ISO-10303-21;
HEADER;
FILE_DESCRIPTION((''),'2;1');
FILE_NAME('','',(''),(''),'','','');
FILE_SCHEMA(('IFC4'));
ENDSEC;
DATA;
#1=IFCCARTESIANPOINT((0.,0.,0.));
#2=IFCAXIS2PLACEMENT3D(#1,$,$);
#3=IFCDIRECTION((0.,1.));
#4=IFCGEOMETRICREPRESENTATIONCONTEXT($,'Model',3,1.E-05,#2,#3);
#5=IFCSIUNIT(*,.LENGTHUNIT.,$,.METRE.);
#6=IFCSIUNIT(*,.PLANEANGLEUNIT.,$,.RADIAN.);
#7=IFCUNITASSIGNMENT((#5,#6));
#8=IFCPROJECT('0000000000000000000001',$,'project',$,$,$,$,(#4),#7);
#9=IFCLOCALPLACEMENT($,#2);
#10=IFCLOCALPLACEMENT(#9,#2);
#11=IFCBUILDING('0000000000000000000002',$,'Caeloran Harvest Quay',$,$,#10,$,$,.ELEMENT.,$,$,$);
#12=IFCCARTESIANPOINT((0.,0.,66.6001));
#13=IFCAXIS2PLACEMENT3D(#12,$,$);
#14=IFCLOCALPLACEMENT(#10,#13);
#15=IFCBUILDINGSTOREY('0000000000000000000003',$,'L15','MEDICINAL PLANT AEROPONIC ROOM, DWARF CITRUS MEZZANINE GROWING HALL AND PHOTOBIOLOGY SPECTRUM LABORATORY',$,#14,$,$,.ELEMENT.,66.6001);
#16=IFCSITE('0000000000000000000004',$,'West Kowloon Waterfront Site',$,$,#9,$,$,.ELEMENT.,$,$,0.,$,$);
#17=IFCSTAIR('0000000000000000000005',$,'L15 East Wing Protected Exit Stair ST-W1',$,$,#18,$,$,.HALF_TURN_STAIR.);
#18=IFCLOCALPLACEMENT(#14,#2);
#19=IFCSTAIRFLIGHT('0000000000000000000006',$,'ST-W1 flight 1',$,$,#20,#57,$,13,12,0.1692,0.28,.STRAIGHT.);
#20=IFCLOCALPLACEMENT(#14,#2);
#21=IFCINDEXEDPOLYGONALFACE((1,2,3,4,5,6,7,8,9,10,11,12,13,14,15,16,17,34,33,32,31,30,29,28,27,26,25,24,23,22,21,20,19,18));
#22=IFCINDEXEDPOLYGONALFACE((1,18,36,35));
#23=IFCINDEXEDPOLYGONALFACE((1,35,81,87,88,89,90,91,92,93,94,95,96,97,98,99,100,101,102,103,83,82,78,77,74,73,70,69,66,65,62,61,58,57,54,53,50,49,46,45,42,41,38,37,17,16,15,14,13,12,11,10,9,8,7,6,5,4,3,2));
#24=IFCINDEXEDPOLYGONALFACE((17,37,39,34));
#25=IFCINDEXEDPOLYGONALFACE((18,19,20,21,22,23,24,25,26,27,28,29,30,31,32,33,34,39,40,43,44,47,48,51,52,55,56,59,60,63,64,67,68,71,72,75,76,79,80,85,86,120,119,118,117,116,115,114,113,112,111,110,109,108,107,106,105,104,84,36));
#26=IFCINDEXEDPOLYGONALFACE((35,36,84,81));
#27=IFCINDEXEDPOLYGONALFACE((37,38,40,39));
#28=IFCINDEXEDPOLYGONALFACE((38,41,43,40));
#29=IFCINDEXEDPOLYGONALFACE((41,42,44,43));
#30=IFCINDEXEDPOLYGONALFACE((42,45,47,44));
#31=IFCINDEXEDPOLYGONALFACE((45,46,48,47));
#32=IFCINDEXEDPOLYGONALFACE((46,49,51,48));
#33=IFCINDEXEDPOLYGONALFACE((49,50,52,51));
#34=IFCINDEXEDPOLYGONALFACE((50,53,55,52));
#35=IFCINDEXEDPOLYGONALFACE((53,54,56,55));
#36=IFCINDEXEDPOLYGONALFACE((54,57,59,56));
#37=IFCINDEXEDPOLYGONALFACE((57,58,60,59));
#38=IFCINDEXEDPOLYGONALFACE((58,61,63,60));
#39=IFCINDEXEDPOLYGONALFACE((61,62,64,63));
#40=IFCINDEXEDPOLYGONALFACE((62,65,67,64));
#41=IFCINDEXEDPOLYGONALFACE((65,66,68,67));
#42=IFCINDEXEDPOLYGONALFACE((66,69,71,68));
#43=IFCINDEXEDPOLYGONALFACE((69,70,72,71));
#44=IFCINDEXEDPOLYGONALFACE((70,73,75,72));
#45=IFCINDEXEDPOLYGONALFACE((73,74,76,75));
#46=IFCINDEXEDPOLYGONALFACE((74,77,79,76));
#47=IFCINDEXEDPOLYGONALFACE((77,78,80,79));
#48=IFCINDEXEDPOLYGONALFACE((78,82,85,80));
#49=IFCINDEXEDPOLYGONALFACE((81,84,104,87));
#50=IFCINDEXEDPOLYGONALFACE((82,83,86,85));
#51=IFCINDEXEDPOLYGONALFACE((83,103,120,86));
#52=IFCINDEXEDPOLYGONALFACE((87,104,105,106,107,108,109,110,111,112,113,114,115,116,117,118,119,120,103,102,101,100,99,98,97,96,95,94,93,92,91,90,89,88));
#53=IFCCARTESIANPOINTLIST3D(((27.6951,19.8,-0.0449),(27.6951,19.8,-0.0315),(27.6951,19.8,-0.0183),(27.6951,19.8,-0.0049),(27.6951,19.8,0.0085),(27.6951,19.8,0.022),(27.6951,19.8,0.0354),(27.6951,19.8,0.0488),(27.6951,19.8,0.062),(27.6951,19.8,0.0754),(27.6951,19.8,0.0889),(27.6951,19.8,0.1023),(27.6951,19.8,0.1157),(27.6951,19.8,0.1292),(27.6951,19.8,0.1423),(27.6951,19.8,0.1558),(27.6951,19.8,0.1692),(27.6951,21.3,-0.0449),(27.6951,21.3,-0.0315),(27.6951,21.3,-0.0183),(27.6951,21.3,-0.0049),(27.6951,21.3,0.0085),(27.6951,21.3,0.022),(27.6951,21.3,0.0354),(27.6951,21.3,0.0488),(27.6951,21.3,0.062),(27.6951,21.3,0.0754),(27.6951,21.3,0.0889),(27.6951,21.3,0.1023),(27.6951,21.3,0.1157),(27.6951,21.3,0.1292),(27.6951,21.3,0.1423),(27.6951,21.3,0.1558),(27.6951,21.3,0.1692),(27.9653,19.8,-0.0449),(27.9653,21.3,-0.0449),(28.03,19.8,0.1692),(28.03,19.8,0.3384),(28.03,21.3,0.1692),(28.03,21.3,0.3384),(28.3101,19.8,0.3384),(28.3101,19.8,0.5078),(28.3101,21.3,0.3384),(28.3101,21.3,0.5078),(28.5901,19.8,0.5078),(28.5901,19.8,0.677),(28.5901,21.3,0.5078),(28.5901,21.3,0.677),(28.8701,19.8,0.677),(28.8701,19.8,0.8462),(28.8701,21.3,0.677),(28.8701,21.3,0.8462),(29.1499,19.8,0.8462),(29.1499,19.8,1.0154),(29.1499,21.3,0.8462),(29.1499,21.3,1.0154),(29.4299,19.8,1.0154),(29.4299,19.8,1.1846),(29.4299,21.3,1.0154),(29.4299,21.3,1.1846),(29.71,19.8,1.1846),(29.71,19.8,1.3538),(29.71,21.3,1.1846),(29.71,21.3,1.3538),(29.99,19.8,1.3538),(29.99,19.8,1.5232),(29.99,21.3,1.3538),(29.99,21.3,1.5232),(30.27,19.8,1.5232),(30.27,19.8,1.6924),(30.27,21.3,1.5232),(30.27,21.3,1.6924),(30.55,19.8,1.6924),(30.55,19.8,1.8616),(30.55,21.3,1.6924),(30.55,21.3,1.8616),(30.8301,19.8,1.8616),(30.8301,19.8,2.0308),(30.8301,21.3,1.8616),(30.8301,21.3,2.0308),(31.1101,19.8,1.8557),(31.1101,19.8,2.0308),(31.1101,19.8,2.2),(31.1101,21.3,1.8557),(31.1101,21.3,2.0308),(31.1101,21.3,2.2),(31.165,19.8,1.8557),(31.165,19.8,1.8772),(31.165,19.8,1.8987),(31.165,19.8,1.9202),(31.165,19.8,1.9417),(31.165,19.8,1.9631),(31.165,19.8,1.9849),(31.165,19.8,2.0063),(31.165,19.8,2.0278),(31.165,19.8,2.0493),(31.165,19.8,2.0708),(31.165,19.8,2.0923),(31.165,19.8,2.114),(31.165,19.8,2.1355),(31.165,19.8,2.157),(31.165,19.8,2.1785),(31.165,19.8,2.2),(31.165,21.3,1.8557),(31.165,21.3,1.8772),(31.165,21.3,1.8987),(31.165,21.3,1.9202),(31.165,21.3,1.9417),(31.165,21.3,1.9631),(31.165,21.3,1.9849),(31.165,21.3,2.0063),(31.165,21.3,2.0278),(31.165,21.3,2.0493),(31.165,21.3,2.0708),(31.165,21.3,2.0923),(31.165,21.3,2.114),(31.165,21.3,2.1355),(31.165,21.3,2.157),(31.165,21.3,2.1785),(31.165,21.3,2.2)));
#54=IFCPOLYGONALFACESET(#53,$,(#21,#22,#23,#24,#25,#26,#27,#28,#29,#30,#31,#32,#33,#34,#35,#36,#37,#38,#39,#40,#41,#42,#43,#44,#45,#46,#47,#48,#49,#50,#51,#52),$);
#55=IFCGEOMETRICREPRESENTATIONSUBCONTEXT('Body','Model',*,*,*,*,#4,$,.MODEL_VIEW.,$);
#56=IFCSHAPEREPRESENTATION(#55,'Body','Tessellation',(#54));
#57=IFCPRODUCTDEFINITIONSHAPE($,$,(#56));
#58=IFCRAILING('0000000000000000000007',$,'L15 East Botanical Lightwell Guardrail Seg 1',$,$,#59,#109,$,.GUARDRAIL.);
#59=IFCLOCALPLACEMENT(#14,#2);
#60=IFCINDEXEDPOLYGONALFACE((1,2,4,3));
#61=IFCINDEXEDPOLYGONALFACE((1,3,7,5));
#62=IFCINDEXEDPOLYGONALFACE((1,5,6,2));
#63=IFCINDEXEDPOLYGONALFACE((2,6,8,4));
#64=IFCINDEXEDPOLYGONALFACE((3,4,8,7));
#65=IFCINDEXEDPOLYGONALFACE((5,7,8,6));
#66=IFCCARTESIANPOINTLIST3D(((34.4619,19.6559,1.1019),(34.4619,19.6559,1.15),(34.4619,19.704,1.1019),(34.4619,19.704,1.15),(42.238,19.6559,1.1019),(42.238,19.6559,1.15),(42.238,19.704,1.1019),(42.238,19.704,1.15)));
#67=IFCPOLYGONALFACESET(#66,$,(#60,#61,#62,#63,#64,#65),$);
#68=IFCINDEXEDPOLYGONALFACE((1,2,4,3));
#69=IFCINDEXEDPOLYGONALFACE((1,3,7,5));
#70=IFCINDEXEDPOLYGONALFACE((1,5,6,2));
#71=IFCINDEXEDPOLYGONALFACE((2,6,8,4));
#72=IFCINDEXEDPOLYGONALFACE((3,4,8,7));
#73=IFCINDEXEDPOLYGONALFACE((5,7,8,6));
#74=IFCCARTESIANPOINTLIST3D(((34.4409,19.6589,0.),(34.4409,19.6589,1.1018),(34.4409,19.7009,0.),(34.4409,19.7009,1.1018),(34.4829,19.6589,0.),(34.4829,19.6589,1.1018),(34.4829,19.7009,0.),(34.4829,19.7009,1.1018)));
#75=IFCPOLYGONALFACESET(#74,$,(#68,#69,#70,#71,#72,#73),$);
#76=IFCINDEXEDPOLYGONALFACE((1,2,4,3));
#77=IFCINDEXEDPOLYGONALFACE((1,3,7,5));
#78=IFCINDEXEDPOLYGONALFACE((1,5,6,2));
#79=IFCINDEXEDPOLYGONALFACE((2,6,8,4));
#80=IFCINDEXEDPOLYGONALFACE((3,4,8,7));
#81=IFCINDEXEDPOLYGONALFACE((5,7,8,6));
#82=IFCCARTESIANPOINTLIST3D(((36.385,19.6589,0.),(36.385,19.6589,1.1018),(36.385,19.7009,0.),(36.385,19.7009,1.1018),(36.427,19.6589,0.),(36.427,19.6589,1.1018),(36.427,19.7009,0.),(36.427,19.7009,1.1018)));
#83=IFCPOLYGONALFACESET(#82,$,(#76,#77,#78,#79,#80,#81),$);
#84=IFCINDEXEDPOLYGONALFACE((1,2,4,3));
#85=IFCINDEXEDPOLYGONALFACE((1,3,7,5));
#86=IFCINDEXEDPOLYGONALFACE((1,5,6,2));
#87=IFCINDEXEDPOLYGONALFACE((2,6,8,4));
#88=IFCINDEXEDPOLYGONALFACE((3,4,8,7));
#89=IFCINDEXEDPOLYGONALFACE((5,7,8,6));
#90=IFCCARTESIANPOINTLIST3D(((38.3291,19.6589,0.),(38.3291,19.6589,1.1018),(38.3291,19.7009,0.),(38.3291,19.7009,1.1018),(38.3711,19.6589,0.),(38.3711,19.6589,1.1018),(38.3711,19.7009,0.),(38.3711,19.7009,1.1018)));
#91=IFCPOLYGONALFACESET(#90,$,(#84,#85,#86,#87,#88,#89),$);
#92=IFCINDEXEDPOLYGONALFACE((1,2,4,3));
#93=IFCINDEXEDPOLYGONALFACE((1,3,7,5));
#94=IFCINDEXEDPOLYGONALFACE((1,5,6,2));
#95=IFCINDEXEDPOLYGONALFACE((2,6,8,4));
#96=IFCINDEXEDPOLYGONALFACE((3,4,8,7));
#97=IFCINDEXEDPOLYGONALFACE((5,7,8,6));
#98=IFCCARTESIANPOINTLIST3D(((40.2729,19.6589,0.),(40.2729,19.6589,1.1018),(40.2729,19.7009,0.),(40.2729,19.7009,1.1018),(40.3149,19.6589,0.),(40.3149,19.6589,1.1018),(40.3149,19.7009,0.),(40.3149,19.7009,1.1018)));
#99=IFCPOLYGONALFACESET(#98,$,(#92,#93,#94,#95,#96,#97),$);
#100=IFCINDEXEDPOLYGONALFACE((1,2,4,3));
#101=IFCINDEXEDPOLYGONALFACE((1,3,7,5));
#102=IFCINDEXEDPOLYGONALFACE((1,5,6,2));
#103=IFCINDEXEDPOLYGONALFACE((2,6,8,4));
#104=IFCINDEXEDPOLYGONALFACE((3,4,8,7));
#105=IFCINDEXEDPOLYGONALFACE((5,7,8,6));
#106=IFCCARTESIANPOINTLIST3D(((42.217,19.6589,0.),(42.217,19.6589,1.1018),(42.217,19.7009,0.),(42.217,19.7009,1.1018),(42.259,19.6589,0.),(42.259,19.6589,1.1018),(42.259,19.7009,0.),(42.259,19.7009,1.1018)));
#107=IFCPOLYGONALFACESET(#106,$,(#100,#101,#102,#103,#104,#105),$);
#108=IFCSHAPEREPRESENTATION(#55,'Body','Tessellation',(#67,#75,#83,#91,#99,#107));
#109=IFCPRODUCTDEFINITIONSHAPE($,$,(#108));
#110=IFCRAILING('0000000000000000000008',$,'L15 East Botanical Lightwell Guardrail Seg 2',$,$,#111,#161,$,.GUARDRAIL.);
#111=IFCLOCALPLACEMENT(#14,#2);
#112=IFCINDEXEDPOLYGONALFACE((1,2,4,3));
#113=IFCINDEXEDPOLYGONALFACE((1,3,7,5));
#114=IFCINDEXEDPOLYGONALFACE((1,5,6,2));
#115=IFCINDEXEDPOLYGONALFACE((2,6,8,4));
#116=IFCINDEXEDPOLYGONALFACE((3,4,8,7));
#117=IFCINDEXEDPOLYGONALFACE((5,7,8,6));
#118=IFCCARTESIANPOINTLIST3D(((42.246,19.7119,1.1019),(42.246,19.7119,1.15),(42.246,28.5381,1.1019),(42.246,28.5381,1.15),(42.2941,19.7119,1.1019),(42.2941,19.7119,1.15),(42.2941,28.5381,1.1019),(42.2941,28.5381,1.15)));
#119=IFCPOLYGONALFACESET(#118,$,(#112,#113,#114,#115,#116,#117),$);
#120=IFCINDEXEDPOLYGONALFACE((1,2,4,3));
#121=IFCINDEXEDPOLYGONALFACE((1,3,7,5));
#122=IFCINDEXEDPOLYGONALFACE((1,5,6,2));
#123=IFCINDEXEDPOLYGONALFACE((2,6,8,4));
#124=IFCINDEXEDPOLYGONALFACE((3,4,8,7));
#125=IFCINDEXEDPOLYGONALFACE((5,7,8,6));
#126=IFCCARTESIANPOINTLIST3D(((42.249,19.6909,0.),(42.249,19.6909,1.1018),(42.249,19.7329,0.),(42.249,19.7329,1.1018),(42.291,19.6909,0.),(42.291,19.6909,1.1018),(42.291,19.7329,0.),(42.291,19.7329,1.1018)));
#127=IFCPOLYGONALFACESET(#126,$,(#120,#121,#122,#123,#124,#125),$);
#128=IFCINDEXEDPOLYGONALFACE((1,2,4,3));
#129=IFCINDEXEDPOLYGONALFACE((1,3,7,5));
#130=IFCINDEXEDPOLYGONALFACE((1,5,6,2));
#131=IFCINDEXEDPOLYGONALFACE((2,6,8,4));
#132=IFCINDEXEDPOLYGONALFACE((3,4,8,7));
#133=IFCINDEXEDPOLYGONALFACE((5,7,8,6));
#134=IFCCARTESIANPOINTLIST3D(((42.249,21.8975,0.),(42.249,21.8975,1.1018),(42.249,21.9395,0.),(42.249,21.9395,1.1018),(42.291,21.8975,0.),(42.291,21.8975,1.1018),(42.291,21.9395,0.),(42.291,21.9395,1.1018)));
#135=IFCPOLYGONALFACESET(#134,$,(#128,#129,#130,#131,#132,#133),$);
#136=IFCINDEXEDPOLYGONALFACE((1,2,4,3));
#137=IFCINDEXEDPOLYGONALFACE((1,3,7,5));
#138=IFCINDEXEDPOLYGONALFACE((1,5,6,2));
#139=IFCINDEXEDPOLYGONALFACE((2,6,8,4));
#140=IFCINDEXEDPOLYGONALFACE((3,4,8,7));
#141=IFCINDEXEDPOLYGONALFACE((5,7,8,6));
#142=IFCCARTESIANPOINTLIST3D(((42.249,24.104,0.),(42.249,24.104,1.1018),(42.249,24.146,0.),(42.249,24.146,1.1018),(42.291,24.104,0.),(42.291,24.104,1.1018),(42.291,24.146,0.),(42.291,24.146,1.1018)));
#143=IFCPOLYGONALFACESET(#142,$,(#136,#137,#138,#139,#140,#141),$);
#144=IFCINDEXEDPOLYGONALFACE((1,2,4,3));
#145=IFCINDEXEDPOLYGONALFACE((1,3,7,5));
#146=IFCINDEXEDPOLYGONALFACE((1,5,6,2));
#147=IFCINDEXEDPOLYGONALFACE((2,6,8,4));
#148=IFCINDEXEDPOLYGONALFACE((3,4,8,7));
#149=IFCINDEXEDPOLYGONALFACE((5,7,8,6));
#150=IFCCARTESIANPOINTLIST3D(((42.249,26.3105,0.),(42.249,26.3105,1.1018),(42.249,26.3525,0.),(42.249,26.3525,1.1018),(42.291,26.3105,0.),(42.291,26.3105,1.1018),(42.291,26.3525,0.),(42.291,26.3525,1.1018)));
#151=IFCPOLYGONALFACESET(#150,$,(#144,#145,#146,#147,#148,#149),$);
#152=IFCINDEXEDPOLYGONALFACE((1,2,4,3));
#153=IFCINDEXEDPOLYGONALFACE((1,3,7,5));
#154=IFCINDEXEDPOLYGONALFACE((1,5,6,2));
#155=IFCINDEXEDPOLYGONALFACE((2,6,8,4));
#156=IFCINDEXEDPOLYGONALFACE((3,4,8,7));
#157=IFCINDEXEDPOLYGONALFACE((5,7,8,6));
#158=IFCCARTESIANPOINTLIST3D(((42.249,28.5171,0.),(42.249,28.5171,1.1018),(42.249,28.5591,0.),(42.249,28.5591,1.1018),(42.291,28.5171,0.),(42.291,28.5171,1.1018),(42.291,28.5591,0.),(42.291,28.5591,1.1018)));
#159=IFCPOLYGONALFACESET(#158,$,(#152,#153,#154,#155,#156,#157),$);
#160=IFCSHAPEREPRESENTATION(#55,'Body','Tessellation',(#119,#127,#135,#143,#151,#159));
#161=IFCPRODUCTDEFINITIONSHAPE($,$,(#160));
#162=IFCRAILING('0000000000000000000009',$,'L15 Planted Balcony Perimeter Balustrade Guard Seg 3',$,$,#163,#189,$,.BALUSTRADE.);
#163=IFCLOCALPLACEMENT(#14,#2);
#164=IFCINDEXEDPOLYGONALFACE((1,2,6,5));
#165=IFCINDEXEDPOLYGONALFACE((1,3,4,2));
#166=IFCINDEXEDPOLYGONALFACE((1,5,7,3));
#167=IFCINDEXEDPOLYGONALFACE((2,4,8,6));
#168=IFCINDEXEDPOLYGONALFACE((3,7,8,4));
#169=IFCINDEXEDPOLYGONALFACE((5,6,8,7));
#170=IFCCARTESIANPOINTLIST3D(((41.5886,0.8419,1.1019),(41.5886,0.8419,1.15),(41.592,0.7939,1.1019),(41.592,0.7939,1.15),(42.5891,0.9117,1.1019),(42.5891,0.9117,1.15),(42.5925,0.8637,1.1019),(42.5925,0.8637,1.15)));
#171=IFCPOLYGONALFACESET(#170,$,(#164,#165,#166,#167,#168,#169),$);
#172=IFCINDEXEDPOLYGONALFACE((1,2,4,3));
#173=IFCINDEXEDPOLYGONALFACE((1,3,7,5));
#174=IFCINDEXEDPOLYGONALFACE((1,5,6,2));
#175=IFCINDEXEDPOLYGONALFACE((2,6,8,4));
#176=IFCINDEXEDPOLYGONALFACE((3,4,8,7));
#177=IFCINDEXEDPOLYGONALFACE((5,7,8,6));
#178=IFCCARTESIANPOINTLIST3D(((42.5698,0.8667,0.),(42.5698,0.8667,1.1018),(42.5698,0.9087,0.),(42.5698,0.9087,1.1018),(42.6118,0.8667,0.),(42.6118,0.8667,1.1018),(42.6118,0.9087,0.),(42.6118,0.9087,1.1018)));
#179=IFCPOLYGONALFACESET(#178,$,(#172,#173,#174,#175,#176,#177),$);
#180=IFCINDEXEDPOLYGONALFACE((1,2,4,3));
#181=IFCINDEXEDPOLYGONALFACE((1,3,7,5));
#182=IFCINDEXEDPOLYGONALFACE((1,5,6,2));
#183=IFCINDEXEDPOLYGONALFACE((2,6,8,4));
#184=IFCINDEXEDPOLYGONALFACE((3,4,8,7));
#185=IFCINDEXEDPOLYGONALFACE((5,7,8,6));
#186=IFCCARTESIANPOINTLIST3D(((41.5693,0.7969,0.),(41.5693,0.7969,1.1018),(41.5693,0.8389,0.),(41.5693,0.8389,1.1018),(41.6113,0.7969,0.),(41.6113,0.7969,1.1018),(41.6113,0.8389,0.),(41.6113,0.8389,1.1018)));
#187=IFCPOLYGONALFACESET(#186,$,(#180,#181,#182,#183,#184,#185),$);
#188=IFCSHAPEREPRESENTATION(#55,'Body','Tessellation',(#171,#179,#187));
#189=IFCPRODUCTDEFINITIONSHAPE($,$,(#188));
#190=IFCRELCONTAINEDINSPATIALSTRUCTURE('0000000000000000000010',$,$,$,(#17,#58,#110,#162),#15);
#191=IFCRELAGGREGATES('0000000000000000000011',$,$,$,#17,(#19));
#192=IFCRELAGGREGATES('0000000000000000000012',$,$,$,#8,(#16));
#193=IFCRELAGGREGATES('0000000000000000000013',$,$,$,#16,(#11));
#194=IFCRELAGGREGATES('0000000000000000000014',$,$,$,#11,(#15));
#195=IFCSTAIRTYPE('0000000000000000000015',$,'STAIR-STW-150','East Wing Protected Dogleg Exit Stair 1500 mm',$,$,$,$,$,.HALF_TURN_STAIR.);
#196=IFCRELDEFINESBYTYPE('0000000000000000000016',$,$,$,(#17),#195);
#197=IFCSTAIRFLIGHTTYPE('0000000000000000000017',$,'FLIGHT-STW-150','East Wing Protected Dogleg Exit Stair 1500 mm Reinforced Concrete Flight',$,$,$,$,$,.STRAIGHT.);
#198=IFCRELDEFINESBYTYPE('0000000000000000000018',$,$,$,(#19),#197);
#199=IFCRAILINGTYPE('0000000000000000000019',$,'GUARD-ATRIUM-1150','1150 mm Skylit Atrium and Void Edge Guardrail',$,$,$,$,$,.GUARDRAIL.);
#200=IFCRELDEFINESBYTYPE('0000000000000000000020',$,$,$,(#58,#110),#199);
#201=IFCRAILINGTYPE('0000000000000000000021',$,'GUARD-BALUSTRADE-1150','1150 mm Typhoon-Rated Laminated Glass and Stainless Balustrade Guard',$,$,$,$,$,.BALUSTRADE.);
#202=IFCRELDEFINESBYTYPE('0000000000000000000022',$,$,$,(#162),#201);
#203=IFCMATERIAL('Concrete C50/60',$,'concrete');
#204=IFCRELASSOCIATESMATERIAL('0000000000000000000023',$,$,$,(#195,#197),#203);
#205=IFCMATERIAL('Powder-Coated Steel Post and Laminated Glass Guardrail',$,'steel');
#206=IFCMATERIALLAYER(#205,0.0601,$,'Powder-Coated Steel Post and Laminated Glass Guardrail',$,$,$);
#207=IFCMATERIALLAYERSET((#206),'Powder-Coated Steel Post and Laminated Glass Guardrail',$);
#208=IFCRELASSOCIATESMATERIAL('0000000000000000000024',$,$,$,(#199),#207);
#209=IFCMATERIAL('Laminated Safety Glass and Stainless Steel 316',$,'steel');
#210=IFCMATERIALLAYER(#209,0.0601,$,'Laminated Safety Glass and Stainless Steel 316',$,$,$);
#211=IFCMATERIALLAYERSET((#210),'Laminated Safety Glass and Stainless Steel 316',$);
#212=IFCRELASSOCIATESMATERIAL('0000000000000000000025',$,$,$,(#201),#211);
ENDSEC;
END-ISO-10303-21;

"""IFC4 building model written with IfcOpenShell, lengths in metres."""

from ifc_helpers import new_model, si_unit, direction, frame, origin, origin_2d, place, context, subcontext, project, spatial, polyline, rectangle, outline, extrude, material, layer, layer_set, type_object, element, aggregate, save


model = new_model("IFC4")

# Units and contexts
model_context = context("Model", 3, precision=1e-05, world=origin(), true_north=direction((0.0, 1.0)))
body_context = subcontext(model_context, "Body", "Model", "MODEL_VIEW")
ifc_project = project(units=[si_unit("LENGTHUNIT", "METRE"), si_unit("PLANEANGLEUNIT", "RADIAN")], contexts=[model_context])

# Site, building, storey
site_placement = place(None, origin())
site = spatial("IfcSite", under=ifc_project, at=site_placement, Name="West Kowloon Waterfront Site", CompositionType="ELEMENT", RefElevation=0.0)
building_placement = place(site_placement, origin())
building = spatial("IfcBuilding", under=site, at=building_placement, Name="Caeloran Harvest Quay", CompositionType="ELEMENT")
storey_placement = place(building_placement, frame((0.0, 0.0, 66.6001)))
storey = spatial("IfcBuildingStorey", under=building, at=storey_placement, Name="L15", Description="MEDICINAL PLANT AEROPONIC ROOM, DWARF CITRUS MEZZANINE GROWING HALL AND PHOTOBIOLOGY SPECTRUM LABORATORY", CompositionType="ELEMENT", Elevation=66.6001)

# Stair, stair flight
ifc_material_1 = material(Name="Concrete C50/60", Category="concrete")
stair_type = type_object("IfcStairType", Name="STAIR-STW-150", Description="East Wing Protected Dogleg Exit Stair 1500 mm", PredefinedType="HALF_TURN_STAIR", material=ifc_material_1)
stair_placement = place(storey_placement, origin())
stair = element("IfcStair", 1, at=stair_placement, inside=storey, type_object=stair_type, Name="L15 East Wing Protected Exit Stair ST-W1", PredefinedType="HALF_TURN_STAIR")
stair_flight_type = type_object("IfcStairFlightType", Name="FLIGHT-STW-150", Description="East Wing Protected Dogleg Exit Stair 1500 mm Reinforced Concrete Flight", PredefinedType="STRAIGHT", material=ifc_material_1)
stair_flight_placement = place(storey_placement, frame((27.75, 20.55, 0.0), z_axis=(0.0, 0.0, 1.0), x_axis=(1.0, 0.0, 0.0)))
stair_flight = element("IfcStairFlight", 2, at=stair_flight_placement, type_object=stair_flight_type, Name="ST-W1 flight 1", NumberOfRisers=13, NumberOfTreads=12, PredefinedType="STRAIGHT", RiserHeight=0.1692, TreadLength=0.28, context=body_context, shape_type="SweptSolid", body=[
    extrude(outline(polyline([(-0.0549, -0.0449), (-0.0549, -0.0315), (-0.0549, -0.0183), (-0.0549, -0.0049), (-0.0549, 0.0085), (-0.0549, 0.022), (-0.0549, 0.0354), (-0.0549, 0.0488), (-0.0549, 0.062), (-0.0549, 0.0754), (-0.0549, 0.0889), (-0.0549, 0.1023), (-0.0549, 0.1157), (-0.0549, 0.1292), (-0.0549, 0.1423), (-0.0549, 0.1558), (-0.0549, 0.1692), (0.28, 0.1692), (0.28, 0.3384), (0.5601, 0.3384), (0.5601, 0.5078), (0.8401, 0.5078), (0.8401, 0.677), (1.1201, 0.677), (1.1201, 0.8462), (1.3999, 0.8462), (1.3999, 1.0154), (1.6799, 1.0154), (1.6799, 1.1846), (1.96, 1.1846), (1.96, 1.3538), (2.24, 1.3538), (2.24, 1.5232), (2.52, 1.5232), (2.52, 1.6924), (2.8, 1.6924), (2.8, 1.8616), (3.0801, 1.8616), (3.0801, 2.0308), (3.3601, 2.0308), (3.3601, 2.2), (3.415, 2.2), (3.415, 2.1785), (3.415, 2.157), (3.415, 2.1355), (3.415, 2.114), (3.415, 2.0923), (3.415, 2.0708), (3.415, 2.0493), (3.415, 2.0278), (3.415, 2.0063), (3.415, 1.9849), (3.415, 1.9631), (3.415, 1.9417), (3.415, 1.9202), (3.415, 1.8987), (3.415, 1.8772), (3.415, 1.8557), (3.3601, 1.8557), (0.2153, -0.0449), (-0.0549, -0.0449)])), frame((0.0, 0.75, 0.0), z_axis=(0.0, -1.0, 0.0), x_axis=(1.0, 0.0, 0.0)), (0.0, 0.0, 1.0), 1.5),
])
aggregate(stair, [stair_flight])

# Railings
ifc_material_2 = material(Name="Powder-Coated Steel Post and Laminated Glass Guardrail", Category="steel")
ifc_layer_1 = layer(ifc_material_2, 0.0601, Name="Powder-Coated Steel Post and Laminated Glass Guardrail")
ifc_layer_set_1 = layer_set([ifc_layer_1], Name="Powder-Coated Steel Post and Laminated Glass Guardrail")
railing_type_1 = type_object("IfcRailingType", Name="GUARD-ATRIUM-1150", Description="1150 mm Skylit Atrium and Void Edge Guardrail", PredefinedType="GUARDRAIL", material=ifc_layer_set_1)
railing_1_placement = place(storey_placement, frame((34.4619, 19.6799, 0.0)))
element("IfcRailing", 3, at=railing_1_placement, inside=storey, type_object=railing_type_1, Name="L15 East Botanical Lightwell Guardrail Seg 1", PredefinedType="GUARDRAIL", context=body_context, shape_type="SweptSolid", body=[
    extrude(rectangle(XDim=0.0481, YDim=0.0481, at=origin_2d()), frame((0.0, 0.0, 1.126), z_axis=(1.0, 0.0, 0.0), x_axis=(0.0, 1.0, 0.0)), (0.0, 0.0, 1.0), 7.7761),
    extrude(rectangle(XDim=0.042, YDim=0.042, at=origin_2d()), origin(), (0.0, 0.0, 1.0), 1.1018),
    extrude(rectangle(XDim=0.042, YDim=0.042, at=origin_2d()), frame((1.9441, 0.0, 0.0)), (0.0, 0.0, 1.0), 1.1018),
    extrude(rectangle(XDim=0.042, YDim=0.042, at=origin_2d()), frame((3.8882, 0.0, 0.0)), (0.0, 0.0, 1.0), 1.1018),
    extrude(rectangle(XDim=0.042, YDim=0.042, at=origin_2d()), frame((5.832, 0.0, 0.0)), (0.0, 0.0, 1.0), 1.1018),
    extrude(rectangle(XDim=0.042, YDim=0.042, at=origin_2d()), frame((7.7761, 0.0, 0.0)), (0.0, 0.0, 1.0), 1.1018),
])
railing_2_placement = place(storey_placement, frame((42.27, 19.7119, 0.0)))
element("IfcRailing", 4, at=railing_2_placement, inside=storey, type_object=railing_type_1, Name="L15 East Botanical Lightwell Guardrail Seg 2", PredefinedType="GUARDRAIL", context=body_context, shape_type="SweptSolid", body=[
    extrude(rectangle(XDim=0.0481, YDim=0.0481, at=origin_2d()), frame((0.0, 0.0, 1.126), z_axis=(0.0, 1.0, 0.0), x_axis=(-1.0, 0.0, 0.0)), (0.0, 0.0, 1.0), 8.8262),
    extrude(rectangle(XDim=0.042, YDim=0.042, at=origin_2d()), origin(), (0.0, 0.0, 1.0), 1.1018),
    extrude(rectangle(XDim=0.042, YDim=0.042, at=origin_2d()), frame((0.0, 2.2065, 0.0)), (0.0, 0.0, 1.0), 1.1018),
    extrude(rectangle(XDim=0.042, YDim=0.042, at=origin_2d()), frame((0.0, 4.4131, 0.0)), (0.0, 0.0, 1.0), 1.1018),
    extrude(rectangle(XDim=0.042, YDim=0.042, at=origin_2d()), frame((0.0, 6.6196, 0.0)), (0.0, 0.0, 1.0), 1.1018),
    extrude(rectangle(XDim=0.042, YDim=0.042, at=origin_2d()), frame((0.0, 8.8262, 0.0)), (0.0, 0.0, 1.0), 1.1018),
])
ifc_material_3 = material(Name="Laminated Safety Glass and Stainless Steel 316", Category="steel")
ifc_layer_2 = layer(ifc_material_3, 0.0601, Name="Laminated Safety Glass and Stainless Steel 316")
ifc_layer_set_2 = layer_set([ifc_layer_2], Name="Laminated Safety Glass and Stainless Steel 316")
railing_type_2 = type_object("IfcRailingType", Name="GUARD-BALUSTRADE-1150", Description="1150 mm Typhoon-Rated Laminated Glass and Stainless Balustrade Guard", PredefinedType="BALUSTRADE", material=ifc_layer_set_2)
railing_3_placement = place(storey_placement, frame((42.5908, 0.8877, 0.0)))
element("IfcRailing", 5, at=railing_3_placement, inside=storey, type_object=railing_type_2, Name="L15 Planted Balcony Perimeter Balustrade Guard Seg 3", PredefinedType="BALUSTRADE", context=body_context, shape_type="SweptSolid", body=[
    extrude(rectangle(XDim=0.0481, YDim=0.0481, at=origin_2d()), frame((0.0, 0.0, 1.126), z_axis=(-0.997574, -0.069621, 0.0), x_axis=(0.069621, -0.997574, 0.0)), (0.0, 0.0, 1.0), 1.0029),
    extrude(rectangle(XDim=0.042, YDim=0.042, at=origin_2d()), origin(), (0.0, 0.0, 1.0), 1.1018),
    extrude(rectangle(XDim=0.042, YDim=0.042, at=origin_2d()), frame((-1.0005, -0.0698, 0.0)), (0.0, 0.0, 1.0), 1.1018),
])

save(model, "model.ifc")
